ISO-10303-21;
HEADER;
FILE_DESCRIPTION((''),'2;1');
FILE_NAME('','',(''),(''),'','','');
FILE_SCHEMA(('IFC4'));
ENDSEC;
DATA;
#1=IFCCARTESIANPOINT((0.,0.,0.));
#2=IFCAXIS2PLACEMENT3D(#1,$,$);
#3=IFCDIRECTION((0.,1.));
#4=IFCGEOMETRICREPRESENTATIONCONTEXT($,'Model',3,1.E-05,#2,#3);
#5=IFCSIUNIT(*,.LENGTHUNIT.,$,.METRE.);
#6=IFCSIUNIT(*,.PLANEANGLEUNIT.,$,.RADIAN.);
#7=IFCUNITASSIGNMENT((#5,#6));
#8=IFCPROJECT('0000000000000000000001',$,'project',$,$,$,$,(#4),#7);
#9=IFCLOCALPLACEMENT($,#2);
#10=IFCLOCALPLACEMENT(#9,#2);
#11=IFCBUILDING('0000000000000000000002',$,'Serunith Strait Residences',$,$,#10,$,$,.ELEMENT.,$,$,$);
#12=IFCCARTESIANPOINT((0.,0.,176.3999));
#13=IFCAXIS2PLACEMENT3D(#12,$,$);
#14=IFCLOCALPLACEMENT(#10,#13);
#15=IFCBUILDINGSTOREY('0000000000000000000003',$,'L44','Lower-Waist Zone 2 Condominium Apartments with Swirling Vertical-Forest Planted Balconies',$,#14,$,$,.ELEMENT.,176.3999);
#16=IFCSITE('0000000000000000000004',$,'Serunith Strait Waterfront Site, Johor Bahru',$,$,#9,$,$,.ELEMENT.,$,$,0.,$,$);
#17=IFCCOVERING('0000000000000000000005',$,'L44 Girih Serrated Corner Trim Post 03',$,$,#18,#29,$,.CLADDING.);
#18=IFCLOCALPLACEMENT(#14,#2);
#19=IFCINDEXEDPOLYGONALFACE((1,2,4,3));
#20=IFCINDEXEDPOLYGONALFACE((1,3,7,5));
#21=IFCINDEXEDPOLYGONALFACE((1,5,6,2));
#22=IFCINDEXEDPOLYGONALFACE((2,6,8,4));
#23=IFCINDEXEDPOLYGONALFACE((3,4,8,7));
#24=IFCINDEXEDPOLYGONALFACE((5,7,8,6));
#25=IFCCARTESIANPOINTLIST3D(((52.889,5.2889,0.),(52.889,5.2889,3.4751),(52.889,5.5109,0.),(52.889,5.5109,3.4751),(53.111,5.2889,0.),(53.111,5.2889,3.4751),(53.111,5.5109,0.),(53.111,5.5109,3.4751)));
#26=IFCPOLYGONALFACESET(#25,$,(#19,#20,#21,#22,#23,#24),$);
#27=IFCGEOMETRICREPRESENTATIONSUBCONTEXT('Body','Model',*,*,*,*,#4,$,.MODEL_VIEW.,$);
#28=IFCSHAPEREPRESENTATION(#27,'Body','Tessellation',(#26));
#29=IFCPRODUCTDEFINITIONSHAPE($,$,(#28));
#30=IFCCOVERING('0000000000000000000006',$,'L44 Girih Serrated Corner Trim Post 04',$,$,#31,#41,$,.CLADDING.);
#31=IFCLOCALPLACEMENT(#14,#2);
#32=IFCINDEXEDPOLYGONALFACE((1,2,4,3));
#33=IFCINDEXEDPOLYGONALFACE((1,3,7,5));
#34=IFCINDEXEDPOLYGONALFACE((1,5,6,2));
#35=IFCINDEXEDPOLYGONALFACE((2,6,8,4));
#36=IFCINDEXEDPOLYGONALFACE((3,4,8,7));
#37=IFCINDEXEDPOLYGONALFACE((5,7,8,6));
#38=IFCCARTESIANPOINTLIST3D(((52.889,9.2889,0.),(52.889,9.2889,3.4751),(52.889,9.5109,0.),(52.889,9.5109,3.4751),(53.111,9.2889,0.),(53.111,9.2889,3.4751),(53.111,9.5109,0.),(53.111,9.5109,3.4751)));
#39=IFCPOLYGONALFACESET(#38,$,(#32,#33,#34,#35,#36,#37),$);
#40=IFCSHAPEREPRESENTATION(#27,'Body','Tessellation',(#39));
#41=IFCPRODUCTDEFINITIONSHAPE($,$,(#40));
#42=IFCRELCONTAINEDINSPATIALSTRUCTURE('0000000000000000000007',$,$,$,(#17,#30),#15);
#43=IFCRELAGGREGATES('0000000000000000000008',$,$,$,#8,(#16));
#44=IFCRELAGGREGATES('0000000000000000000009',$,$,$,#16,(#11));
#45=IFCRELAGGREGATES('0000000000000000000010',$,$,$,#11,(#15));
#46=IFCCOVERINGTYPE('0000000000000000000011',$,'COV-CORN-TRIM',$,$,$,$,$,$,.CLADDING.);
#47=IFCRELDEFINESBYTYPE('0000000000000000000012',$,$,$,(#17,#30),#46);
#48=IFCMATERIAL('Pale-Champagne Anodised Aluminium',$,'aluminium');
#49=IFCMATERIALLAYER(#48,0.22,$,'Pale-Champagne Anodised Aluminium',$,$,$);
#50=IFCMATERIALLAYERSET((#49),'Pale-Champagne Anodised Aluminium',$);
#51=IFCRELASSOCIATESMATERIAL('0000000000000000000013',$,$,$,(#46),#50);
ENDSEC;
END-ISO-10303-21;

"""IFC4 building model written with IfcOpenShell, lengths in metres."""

from ifc_helpers import new_model, si_unit, direction, frame, origin, origin_2d, place, context, subcontext, project, spatial, rectangle, extrude, source, transform, mapped, material, layer, layer_set, type_object, element, save


model = new_model("IFC4")

# Units and contexts
model_context = context("Model", 3, precision=1e-05, world=origin(), true_north=direction((0.0, 1.0)))
body_context = subcontext(model_context, "Body", "Model", "MODEL_VIEW")
ifc_project = project(units=[si_unit("LENGTHUNIT", "METRE"), si_unit("PLANEANGLEUNIT", "RADIAN")], contexts=[model_context])

# Site, building, storey
site_placement = place(None, origin())
site = spatial("IfcSite", under=ifc_project, at=site_placement, Name="Serunith Strait Waterfront Site, Johor Bahru", CompositionType="ELEMENT", RefElevation=0.0)
building_placement = place(site_placement, origin())
building = spatial("IfcBuilding", under=site, at=building_placement, Name="Serunith Strait Residences", CompositionType="ELEMENT")
storey_placement = place(building_placement, frame((0.0, 0.0, 176.3999)))
storey = spatial("IfcBuildingStorey", under=building, at=storey_placement, Name="L44", Description="Lower-Waist Zone 2 Condominium Apartments with Swirling Vertical-Forest Planted Balconies", CompositionType="ELEMENT", Elevation=176.3999)

# Shared definitions
ifc_material_1 = material(Name="Pale-Champagne Anodised Aluminium", Category="aluminium")

# Coverings
ifc_layer_1 = layer(ifc_material_1, 0.22, Name="Pale-Champagne Anodised Aluminium")
ifc_layer_set_1 = layer_set([ifc_layer_1], Name="Pale-Champagne Anodised Aluminium")
covering_type = type_object("IfcCoveringType", Name="COV-CORN-TRIM", PredefinedType="CLADDING", material=ifc_layer_set_1)
shared_shape_1 = source(origin(), body_context, "Body", "SweptSolid", [
    extrude(rectangle(XDim=0.2219, YDim=0.2219, at=origin_2d()), origin(), (0.0, 0.0, 1.0), 3.4751),
])
for number, where, z_axis, x_axis, name in (
    (1, (53.0, 5.3999, 0.0), (0.0, 0.0, 1.0), (1.0, 0.0, 0.0), "L44 Girih Serrated Corner Trim Post 03"),
    (2, (53.0, 9.3999, 0.0), (0.0, 0.0, 1.0), (1.0, 0.0, 0.0), "L44 Girih Serrated Corner Trim Post 04"),
):
    element("IfcCovering", number, at=place(storey_placement, frame(where, z_axis=z_axis, x_axis=x_axis)), inside=storey, type_object=covering_type, Name=name, PredefinedType="CLADDING", context=body_context, shape_type="MappedRepresentation", body=[
        mapped(shared_shape_1, transform((0.0, 0.0, 0.0), scale=1.0)),
    ])

save(model, "model.ifc")
